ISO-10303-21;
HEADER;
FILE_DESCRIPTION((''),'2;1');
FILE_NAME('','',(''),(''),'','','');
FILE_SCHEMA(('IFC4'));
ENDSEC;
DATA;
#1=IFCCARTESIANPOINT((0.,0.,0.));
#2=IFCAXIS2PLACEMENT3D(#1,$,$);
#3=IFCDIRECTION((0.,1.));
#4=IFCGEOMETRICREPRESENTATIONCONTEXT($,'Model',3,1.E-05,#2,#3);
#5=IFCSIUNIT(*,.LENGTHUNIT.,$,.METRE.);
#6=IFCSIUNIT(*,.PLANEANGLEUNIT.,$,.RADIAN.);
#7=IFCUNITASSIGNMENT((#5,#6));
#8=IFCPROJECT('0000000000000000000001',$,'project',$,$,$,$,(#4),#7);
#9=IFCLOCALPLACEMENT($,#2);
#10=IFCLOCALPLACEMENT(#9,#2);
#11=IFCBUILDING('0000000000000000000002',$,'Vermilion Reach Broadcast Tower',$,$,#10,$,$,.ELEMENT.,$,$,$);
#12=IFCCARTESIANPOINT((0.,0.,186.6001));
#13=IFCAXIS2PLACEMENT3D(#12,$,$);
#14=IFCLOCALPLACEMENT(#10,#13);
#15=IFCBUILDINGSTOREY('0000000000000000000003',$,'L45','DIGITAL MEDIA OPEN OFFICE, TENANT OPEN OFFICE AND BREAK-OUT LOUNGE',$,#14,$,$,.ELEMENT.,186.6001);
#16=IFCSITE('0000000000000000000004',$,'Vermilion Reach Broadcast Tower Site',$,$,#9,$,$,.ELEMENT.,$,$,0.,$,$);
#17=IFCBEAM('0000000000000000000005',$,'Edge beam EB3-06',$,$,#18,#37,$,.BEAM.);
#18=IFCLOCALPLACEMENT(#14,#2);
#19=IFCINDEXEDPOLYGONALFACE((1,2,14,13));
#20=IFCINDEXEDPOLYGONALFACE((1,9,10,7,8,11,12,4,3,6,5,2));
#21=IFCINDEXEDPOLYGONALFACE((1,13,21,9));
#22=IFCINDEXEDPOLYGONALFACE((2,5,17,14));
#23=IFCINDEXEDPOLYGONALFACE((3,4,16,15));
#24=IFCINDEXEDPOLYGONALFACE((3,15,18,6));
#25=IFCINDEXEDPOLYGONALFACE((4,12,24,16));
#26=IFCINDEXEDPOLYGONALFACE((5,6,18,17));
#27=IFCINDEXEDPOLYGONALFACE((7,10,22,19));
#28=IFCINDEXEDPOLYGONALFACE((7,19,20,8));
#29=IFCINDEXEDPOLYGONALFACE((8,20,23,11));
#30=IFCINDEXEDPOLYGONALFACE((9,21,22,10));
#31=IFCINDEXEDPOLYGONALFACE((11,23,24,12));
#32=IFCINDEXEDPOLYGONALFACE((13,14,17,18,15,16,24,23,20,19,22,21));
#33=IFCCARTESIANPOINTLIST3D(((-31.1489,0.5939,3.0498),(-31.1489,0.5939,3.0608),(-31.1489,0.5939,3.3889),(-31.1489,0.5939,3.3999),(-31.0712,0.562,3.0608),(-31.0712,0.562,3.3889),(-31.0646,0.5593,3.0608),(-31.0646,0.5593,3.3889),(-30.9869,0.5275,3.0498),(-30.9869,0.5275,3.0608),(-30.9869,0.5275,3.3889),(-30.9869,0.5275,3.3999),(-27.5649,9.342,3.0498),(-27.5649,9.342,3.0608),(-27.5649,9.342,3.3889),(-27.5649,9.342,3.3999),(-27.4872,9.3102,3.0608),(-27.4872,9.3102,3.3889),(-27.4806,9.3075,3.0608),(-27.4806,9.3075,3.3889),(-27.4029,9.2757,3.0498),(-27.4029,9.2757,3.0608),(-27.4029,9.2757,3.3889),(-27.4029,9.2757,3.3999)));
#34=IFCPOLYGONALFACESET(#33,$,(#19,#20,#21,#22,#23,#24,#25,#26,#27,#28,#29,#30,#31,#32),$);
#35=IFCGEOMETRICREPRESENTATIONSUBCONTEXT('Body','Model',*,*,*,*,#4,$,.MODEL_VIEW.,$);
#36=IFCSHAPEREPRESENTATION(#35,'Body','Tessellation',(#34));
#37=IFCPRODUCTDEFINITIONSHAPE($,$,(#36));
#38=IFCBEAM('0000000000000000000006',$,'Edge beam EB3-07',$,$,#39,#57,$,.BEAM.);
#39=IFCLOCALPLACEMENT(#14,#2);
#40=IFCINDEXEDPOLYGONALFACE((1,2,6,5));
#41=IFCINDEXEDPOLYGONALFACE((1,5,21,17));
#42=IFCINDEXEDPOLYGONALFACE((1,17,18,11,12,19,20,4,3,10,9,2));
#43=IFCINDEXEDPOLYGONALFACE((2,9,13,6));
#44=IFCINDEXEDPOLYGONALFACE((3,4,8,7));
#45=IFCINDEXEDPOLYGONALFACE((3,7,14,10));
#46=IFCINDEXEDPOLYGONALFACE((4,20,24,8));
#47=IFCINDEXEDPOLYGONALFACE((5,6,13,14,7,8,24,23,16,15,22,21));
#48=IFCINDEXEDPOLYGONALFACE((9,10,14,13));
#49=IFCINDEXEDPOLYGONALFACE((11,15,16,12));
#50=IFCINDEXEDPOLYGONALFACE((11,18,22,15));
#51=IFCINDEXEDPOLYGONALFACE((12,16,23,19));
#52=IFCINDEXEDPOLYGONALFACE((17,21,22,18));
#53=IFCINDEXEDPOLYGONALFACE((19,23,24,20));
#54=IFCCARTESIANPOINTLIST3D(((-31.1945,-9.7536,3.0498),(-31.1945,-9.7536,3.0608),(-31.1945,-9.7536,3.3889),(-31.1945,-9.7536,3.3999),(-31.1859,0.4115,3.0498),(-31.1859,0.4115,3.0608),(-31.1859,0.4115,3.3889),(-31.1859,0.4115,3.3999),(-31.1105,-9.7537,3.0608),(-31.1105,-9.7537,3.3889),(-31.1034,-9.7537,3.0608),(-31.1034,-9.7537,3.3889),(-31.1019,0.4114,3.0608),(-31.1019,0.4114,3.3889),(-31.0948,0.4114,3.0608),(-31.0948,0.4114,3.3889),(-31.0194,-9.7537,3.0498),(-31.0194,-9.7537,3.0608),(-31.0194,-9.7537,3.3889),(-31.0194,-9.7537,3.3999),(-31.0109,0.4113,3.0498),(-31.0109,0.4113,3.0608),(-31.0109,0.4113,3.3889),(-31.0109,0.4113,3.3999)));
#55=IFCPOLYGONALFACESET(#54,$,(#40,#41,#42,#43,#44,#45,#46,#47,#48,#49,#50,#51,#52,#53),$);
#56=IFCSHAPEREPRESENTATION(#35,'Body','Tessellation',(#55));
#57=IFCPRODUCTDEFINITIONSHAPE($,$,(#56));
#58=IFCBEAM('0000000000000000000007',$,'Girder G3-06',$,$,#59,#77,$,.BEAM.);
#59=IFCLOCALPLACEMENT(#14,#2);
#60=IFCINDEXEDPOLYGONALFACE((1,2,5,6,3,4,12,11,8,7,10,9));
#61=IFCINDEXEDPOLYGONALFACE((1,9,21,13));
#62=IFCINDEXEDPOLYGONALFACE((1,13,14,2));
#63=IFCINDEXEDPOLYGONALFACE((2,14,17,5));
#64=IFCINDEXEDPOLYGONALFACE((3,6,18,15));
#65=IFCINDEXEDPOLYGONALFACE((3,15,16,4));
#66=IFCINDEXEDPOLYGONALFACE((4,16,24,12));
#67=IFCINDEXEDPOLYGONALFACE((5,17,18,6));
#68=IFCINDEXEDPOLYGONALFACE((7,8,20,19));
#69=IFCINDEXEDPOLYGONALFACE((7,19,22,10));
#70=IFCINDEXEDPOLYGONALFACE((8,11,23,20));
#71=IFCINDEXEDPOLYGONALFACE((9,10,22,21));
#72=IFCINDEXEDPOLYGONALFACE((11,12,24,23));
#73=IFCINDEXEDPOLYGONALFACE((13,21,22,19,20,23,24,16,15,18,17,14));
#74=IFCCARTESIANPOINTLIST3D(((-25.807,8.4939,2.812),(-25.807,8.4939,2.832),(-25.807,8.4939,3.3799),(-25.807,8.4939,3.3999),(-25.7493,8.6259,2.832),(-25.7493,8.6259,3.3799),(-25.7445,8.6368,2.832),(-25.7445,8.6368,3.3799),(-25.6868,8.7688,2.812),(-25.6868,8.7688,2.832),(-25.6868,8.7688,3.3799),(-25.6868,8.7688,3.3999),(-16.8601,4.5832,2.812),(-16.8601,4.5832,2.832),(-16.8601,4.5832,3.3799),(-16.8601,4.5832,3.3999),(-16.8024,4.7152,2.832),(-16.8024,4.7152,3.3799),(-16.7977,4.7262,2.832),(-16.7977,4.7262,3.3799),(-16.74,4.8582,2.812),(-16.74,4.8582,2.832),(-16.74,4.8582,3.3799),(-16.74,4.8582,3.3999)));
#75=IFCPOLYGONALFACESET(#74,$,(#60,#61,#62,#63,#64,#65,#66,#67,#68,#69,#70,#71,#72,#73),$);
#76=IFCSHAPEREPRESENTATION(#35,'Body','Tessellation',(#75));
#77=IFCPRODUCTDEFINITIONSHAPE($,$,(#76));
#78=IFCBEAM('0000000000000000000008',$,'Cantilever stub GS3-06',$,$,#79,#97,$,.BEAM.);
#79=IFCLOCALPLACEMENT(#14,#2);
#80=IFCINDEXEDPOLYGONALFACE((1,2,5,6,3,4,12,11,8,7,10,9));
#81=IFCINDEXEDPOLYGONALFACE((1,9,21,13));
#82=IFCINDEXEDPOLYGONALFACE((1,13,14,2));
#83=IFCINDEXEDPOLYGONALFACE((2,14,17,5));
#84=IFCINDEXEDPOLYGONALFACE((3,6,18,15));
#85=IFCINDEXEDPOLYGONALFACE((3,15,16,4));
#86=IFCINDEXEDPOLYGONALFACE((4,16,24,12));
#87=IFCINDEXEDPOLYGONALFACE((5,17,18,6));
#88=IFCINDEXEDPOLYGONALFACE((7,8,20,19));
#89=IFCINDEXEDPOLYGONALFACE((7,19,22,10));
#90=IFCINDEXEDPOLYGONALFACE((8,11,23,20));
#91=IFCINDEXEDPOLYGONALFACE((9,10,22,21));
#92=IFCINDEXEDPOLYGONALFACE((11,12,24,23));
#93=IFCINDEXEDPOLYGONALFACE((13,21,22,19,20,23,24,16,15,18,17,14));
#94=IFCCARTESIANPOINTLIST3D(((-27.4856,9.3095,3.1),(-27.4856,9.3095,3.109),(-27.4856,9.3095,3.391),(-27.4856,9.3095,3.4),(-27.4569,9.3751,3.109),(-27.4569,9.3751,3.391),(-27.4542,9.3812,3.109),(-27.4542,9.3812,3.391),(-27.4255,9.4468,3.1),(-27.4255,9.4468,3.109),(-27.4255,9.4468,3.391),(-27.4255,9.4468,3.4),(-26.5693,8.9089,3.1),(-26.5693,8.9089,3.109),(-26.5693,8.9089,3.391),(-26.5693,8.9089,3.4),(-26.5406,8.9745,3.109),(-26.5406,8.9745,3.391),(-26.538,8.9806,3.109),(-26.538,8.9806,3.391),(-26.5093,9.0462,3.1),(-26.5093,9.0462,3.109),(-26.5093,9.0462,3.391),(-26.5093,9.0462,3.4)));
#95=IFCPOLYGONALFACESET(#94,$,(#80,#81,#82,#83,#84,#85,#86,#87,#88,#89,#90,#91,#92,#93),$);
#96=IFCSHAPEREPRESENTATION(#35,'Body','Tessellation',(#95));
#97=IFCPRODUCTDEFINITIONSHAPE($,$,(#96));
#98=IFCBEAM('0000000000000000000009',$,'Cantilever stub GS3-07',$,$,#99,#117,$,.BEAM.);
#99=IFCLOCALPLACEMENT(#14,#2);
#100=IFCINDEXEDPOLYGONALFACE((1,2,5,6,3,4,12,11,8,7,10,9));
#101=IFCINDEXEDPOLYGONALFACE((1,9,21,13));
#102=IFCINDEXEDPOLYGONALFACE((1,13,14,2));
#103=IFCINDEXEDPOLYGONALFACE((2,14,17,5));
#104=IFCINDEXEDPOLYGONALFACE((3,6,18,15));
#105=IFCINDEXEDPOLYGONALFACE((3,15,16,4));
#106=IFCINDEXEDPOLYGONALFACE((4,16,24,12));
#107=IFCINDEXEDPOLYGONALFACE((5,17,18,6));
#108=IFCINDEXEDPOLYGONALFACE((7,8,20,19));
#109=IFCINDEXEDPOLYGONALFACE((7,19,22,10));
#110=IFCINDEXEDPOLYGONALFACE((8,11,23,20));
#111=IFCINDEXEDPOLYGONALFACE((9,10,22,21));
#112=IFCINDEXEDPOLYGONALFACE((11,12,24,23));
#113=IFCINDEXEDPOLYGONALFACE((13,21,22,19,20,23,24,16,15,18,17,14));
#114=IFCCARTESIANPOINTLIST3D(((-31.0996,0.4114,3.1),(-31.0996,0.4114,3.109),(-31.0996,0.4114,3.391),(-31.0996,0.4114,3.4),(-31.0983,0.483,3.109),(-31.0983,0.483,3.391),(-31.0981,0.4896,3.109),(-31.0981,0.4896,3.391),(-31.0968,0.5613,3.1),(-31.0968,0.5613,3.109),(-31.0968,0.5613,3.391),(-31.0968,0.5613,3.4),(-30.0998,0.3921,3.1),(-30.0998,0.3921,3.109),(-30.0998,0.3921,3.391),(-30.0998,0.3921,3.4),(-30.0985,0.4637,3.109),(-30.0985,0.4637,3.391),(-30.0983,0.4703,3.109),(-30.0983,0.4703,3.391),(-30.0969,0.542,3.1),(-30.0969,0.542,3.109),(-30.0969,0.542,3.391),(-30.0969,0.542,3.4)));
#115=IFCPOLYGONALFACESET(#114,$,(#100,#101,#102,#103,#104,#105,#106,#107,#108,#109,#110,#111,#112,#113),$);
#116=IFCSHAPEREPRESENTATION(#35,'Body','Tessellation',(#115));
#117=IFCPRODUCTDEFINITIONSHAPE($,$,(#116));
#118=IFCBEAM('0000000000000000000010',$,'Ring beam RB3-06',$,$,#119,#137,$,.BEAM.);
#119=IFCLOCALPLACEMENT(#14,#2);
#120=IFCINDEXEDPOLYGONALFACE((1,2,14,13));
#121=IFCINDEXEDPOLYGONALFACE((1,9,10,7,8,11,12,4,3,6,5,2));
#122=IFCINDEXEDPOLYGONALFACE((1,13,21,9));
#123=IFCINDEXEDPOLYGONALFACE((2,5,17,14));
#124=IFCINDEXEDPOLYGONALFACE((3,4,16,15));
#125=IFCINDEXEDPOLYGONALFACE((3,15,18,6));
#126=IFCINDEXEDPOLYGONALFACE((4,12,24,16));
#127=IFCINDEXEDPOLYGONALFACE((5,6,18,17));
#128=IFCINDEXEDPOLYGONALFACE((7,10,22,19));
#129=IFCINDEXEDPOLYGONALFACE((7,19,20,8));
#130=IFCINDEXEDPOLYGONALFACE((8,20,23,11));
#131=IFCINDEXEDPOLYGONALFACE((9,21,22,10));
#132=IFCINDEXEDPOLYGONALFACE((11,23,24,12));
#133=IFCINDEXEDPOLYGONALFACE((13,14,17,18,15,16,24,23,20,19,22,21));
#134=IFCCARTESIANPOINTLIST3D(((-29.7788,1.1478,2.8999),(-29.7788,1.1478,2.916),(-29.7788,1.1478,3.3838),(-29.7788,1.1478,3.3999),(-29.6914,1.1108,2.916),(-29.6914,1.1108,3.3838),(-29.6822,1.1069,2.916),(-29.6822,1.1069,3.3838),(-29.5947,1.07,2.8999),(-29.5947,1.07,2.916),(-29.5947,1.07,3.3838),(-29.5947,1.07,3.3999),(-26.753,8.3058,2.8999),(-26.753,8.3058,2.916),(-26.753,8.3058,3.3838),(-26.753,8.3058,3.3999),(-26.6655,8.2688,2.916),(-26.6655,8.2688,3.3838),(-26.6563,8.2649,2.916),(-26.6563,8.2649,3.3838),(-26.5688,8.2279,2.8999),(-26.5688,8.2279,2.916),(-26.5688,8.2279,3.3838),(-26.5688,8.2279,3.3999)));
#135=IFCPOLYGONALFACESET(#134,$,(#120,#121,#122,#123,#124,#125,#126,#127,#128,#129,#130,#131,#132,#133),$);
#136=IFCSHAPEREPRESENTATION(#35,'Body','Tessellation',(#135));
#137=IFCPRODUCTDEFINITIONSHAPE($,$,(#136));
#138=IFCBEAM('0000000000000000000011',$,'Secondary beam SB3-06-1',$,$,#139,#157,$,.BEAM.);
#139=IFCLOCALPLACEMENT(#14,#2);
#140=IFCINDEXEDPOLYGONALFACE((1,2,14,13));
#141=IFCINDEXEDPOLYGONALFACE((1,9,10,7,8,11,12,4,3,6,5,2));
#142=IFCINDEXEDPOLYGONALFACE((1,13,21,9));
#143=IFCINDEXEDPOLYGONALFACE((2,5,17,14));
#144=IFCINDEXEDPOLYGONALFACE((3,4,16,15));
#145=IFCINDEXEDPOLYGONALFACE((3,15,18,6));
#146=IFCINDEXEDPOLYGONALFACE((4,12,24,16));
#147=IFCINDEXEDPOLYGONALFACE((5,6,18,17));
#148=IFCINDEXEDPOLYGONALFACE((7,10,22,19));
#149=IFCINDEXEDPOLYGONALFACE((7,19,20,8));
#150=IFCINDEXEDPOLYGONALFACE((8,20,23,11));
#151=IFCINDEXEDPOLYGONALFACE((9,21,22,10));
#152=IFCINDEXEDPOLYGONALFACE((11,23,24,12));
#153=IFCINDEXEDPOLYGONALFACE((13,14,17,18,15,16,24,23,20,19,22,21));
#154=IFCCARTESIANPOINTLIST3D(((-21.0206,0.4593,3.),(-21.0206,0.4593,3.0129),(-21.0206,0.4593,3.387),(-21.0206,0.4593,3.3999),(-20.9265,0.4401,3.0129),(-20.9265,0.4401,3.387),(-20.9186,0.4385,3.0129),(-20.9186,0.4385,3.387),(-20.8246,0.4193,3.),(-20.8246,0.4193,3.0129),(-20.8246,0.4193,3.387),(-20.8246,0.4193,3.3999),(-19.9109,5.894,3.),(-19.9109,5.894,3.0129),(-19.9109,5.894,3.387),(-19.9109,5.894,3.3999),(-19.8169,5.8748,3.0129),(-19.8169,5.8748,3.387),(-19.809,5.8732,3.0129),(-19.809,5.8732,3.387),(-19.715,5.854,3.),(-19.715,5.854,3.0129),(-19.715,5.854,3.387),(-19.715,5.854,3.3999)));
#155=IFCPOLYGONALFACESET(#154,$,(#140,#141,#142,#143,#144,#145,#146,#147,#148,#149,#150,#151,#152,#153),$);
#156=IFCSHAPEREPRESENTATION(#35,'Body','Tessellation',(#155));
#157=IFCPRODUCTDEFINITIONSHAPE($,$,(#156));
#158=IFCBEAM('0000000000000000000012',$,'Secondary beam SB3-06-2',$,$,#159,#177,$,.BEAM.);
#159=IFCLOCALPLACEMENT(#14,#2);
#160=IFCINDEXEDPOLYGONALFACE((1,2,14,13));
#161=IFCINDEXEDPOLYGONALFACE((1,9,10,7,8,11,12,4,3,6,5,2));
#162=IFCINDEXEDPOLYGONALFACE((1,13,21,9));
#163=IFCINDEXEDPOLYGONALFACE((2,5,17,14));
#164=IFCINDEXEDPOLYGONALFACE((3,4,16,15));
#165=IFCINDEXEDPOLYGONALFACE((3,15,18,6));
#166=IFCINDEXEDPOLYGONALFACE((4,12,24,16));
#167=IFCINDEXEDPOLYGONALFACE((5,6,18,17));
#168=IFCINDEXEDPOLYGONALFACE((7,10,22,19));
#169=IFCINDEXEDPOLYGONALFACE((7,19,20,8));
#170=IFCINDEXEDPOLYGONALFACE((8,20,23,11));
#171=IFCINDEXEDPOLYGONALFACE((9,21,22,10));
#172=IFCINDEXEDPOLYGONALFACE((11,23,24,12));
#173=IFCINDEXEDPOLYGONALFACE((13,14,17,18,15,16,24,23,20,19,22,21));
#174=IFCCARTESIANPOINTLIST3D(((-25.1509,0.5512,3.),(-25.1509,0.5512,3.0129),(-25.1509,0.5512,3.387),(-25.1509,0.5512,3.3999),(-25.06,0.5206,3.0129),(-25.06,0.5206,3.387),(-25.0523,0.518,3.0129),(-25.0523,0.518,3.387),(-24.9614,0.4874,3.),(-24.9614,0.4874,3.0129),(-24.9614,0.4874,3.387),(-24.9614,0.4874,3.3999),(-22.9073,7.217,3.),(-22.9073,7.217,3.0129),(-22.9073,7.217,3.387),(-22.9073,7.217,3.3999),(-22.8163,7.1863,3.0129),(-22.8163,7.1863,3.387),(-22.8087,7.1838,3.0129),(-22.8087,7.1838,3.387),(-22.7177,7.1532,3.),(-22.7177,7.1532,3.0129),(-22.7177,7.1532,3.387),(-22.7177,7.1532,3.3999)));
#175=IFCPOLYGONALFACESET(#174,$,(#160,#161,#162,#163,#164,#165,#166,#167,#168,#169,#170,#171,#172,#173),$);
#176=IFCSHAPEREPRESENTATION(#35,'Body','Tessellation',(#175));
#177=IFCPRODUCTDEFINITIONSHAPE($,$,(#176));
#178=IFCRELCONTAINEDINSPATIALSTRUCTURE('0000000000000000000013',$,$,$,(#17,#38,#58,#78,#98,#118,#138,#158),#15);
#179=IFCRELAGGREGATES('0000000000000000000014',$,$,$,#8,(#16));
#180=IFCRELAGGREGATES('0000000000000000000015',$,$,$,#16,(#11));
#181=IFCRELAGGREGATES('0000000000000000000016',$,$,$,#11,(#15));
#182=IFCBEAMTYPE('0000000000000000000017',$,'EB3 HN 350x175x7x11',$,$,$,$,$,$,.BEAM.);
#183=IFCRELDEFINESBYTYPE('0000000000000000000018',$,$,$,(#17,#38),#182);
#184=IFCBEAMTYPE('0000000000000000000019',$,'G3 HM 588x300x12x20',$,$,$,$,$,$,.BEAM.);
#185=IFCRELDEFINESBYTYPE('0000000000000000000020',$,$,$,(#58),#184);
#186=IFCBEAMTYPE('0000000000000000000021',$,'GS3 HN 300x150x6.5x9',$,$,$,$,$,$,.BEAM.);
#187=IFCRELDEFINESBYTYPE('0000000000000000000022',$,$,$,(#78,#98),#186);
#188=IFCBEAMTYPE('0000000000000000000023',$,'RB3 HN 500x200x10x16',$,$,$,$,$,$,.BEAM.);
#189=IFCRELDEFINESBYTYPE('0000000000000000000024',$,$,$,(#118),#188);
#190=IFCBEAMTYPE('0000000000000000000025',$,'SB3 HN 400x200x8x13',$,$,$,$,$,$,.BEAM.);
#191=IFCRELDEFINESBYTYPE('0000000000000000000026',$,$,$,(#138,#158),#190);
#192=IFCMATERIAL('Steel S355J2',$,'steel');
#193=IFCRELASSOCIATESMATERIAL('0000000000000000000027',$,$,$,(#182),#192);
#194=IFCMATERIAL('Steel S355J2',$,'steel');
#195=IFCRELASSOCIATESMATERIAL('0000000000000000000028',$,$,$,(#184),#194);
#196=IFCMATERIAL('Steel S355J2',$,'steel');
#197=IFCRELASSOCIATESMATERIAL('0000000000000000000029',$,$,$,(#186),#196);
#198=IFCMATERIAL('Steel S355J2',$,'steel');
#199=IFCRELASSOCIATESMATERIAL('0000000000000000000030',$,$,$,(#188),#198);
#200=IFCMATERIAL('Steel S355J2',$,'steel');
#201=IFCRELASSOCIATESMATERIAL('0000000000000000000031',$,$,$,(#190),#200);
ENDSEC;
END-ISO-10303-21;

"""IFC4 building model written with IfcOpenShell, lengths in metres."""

from ifc_helpers import new_model, si_unit, direction, frame, origin, origin_2d, place, context, subcontext, project, spatial, i_section, extrude, material, material_profile, profile_set, type_object, element, save


model = new_model("IFC4")

# Units and contexts
model_context = context("Model", 3, precision=1e-05, world=origin(), true_north=direction((0.0, 1.0)))
body_context = subcontext(model_context, "Body", "Model", "MODEL_VIEW")
ifc_project = project(units=[si_unit("LENGTHUNIT", "METRE"), si_unit("PLANEANGLEUNIT", "RADIAN")], contexts=[model_context])

# Site, building, storey
site_placement = place(None, origin())
site = spatial("IfcSite", under=ifc_project, at=site_placement, Name="Vermilion Reach Broadcast Tower Site", CompositionType="ELEMENT", RefElevation=0.0)
building_placement = place(site_placement, origin())
building = spatial("IfcBuilding", under=site, at=building_placement, Name="Vermilion Reach Broadcast Tower", CompositionType="ELEMENT")
storey_placement = place(building_placement, frame((0.0, 0.0, 186.6001)))
storey = spatial("IfcBuildingStorey", under=building, at=storey_placement, Name="L45", Description="DIGITAL MEDIA OPEN OFFICE, TENANT OPEN OFFICE AND BREAK-OUT LOUNGE", CompositionType="ELEMENT", Elevation=186.6001)

# Beams
ifc_material_1 = material(Name="Steel S355J2", Category="steel")
ifc_material_profile_1 = material_profile(ifc_material_1, i_section(OverallWidth=0.175, OverallDepth=0.3501, WebThickness=0.0071, FlangeThickness=0.011, at=origin_2d()), Name="S355J2 HN 350x175x7x11")
ifc_profile_set_1 = profile_set([ifc_material_profile_1], Name="Steel S355J2")
beam_type_1 = type_object("IfcBeamType", Name="EB3 HN 350x175x7x11", PredefinedType="BEAM", material=ifc_profile_set_1)
beam_1_placement = place(storey_placement, frame((-27.4839, 9.3088, 3.2249), z_axis=(-0.379107, -0.925353, 0.0), x_axis=(0.925353, -0.379107, 0.0)))
element("IfcBeam", 1, at=beam_1_placement, inside=storey, type_object=beam_type_1, Name="Edge beam EB3-06", PredefinedType="BEAM", context=body_context, shape_type="SweptSolid", body=[
    extrude(i_section(OverallWidth=0.175, OverallDepth=0.3501, WebThickness=0.0071, FlangeThickness=0.011, at=origin_2d()), origin(), (0.0, 0.0, 1.0), 9.4539),
])
beam_2_placement = place(storey_placement, frame((-31.0984, 0.4114, 3.2249), z_axis=(-0.000841, -1.0, 0.0), x_axis=(1.0, -0.000841, 0.0)))
element("IfcBeam", 2, at=beam_2_placement, inside=storey, type_object=beam_type_1, Name="Edge beam EB3-07", PredefinedType="BEAM", context=body_context, shape_type="SweptSolid", body=[
    extrude(i_section(OverallWidth=0.175, OverallDepth=0.3501, WebThickness=0.0071, FlangeThickness=0.011, at=origin_2d()), origin(), (0.0, 0.0, 1.0), 10.165),
])
ifc_material_2 = material(Name="Steel S355J2", Category="steel")
ifc_material_profile_2 = material_profile(ifc_material_2, i_section(OverallWidth=0.3, OverallDepth=0.5879, WebThickness=0.012, FlangeThickness=0.02, at=origin_2d()), Name="S355J2 HM 588x300x12x20")
ifc_profile_set_2 = profile_set([ifc_material_profile_2], Name="Steel S355J2")
beam_type_2 = type_object("IfcBeamType", Name="G3 HM 588x300x12x20", PredefinedType="BEAM", material=ifc_profile_set_2)
beam_3_placement = place(storey_placement, frame((-16.8, 4.7207, 3.106), z_axis=(-0.916292, 0.400512, 0.0), x_axis=(-0.400512, -0.916292, 0.0)))
element("IfcBeam", 3, at=beam_3_placement, inside=storey, type_object=beam_type_2, Name="Girder G3-06", PredefinedType="BEAM", context=body_context, shape_type="SweptSolid", body=[
    extrude(i_section(OverallWidth=0.3, OverallDepth=0.5879, WebThickness=0.012, FlangeThickness=0.02, at=origin_2d()), origin(), (0.0, 0.0, 1.0), 9.7642),
])
ifc_material_3 = material(Name="Steel S355J2", Category="steel")
ifc_material_profile_3 = material_profile(ifc_material_3, i_section(OverallWidth=0.1499, OverallDepth=0.3, WebThickness=0.0066, FlangeThickness=0.009, at=origin_2d()), Name="S355J2 HN 300x150x6.5x9")
ifc_profile_set_3 = profile_set([ifc_material_profile_3], Name="Steel S355J2")
beam_type_3 = type_object("IfcBeamType", Name="GS3 HN 300x150x6.5x9", PredefinedType="BEAM", material=ifc_profile_set_3)
for number, where, z_axis, x_axis, name in (
    (4, (-26.5393, 8.9775, 3.25), (-0.916241, 0.400627, 0.0), (-0.400627, -0.916241, 0.0), "Cantilever stub GS3-06"),
    (5, (-30.0984, 0.467, 3.25), (-0.999814, 0.019288, 0.0), (-0.019288, -0.999814, 0.0), "Cantilever stub GS3-07"),
):
    element("IfcBeam", number, at=place(storey_placement, frame(where, z_axis=z_axis, x_axis=x_axis)), inside=storey, type_object=beam_type_3, Name=name, PredefinedType="BEAM", context=body_context, shape_type="SweptSolid", body=[
        extrude(i_section(OverallWidth=0.1499, OverallDepth=0.3, WebThickness=0.0066, FlangeThickness=0.009, at=origin_2d()), origin(), (0.0, 0.0, 1.0), 1.0),
    ])
ifc_material_4 = material(Name="Steel S355J2", Category="steel")
ifc_material_profile_4 = material_profile(ifc_material_4, i_section(OverallWidth=0.2, OverallDepth=0.5, WebThickness=0.01, FlangeThickness=0.0161, at=origin_2d()), Name="S355J2 HN 500x200x10x16")
ifc_profile_set_4 = profile_set([ifc_material_profile_4], Name="Steel S355J2")
beam_type_4 = type_object("IfcBeamType", Name="RB3 HN 500x200x10x16", PredefinedType="BEAM", material=ifc_profile_set_4)
beam_4_placement = place(storey_placement, frame((-26.6609, 8.2668, 3.1499), z_axis=(-0.389368, -0.921082, 0.0), x_axis=(0.921082, -0.389368, 0.0)))
element("IfcBeam", 6, at=beam_4_placement, inside=storey, type_object=beam_type_4, Name="Ring beam RB3-06", PredefinedType="BEAM", context=body_context, shape_type="SweptSolid", body=[
    extrude(i_section(OverallWidth=0.2, OverallDepth=0.5, WebThickness=0.01, FlangeThickness=0.0161, at=origin_2d()), origin(), (0.0, 0.0, 1.0), 7.7712),
])
ifc_material_5 = material(Name="Steel S355J2", Category="steel")
ifc_material_profile_5 = material_profile(ifc_material_5, i_section(OverallWidth=0.2, OverallDepth=0.3999, WebThickness=0.0081, FlangeThickness=0.0129, at=origin_2d()), Name="S355J2 HN 400x200x8x13")
ifc_profile_set_5 = profile_set([ifc_material_profile_5], Name="Steel S355J2")
beam_type_5 = type_object("IfcBeamType", Name="SB3 HN 400x200x8x13", PredefinedType="BEAM", material=ifc_profile_set_5)
beam_5_placement = place(storey_placement, frame((-19.813, 5.874, 3.2), z_axis=(-0.200042, -0.979787, 0.0), x_axis=(0.979787, -0.200042, 0.0)))
element("IfcBeam", 7, at=beam_5_placement, inside=storey, type_object=beam_type_5, Name="Secondary beam SB3-06-1", PredefinedType="BEAM", context=body_context, shape_type="SweptSolid", body=[
    extrude(i_section(OverallWidth=0.2, OverallDepth=0.3999, WebThickness=0.0081, FlangeThickness=0.0129, at=origin_2d()), origin(), (0.0, 0.0, 1.0), 5.5469),
])
beam_6_placement = place(storey_placement, frame((-22.8125, 7.1851, 3.2), z_axis=(-0.319007, -0.947752, 0.0), x_axis=(0.947752, -0.319007, 0.0)))
element("IfcBeam", 8, at=beam_6_placement, inside=storey, type_object=beam_type_5, Name="Secondary beam SB3-06-2", PredefinedType="BEAM", context=body_context, shape_type="SweptSolid", body=[
    extrude(i_section(OverallWidth=0.2, OverallDepth=0.3999, WebThickness=0.0081, FlangeThickness=0.0129, at=origin_2d()), origin(), (0.0, 0.0, 1.0), 7.0332),
])

save(model, "model.ifc")
